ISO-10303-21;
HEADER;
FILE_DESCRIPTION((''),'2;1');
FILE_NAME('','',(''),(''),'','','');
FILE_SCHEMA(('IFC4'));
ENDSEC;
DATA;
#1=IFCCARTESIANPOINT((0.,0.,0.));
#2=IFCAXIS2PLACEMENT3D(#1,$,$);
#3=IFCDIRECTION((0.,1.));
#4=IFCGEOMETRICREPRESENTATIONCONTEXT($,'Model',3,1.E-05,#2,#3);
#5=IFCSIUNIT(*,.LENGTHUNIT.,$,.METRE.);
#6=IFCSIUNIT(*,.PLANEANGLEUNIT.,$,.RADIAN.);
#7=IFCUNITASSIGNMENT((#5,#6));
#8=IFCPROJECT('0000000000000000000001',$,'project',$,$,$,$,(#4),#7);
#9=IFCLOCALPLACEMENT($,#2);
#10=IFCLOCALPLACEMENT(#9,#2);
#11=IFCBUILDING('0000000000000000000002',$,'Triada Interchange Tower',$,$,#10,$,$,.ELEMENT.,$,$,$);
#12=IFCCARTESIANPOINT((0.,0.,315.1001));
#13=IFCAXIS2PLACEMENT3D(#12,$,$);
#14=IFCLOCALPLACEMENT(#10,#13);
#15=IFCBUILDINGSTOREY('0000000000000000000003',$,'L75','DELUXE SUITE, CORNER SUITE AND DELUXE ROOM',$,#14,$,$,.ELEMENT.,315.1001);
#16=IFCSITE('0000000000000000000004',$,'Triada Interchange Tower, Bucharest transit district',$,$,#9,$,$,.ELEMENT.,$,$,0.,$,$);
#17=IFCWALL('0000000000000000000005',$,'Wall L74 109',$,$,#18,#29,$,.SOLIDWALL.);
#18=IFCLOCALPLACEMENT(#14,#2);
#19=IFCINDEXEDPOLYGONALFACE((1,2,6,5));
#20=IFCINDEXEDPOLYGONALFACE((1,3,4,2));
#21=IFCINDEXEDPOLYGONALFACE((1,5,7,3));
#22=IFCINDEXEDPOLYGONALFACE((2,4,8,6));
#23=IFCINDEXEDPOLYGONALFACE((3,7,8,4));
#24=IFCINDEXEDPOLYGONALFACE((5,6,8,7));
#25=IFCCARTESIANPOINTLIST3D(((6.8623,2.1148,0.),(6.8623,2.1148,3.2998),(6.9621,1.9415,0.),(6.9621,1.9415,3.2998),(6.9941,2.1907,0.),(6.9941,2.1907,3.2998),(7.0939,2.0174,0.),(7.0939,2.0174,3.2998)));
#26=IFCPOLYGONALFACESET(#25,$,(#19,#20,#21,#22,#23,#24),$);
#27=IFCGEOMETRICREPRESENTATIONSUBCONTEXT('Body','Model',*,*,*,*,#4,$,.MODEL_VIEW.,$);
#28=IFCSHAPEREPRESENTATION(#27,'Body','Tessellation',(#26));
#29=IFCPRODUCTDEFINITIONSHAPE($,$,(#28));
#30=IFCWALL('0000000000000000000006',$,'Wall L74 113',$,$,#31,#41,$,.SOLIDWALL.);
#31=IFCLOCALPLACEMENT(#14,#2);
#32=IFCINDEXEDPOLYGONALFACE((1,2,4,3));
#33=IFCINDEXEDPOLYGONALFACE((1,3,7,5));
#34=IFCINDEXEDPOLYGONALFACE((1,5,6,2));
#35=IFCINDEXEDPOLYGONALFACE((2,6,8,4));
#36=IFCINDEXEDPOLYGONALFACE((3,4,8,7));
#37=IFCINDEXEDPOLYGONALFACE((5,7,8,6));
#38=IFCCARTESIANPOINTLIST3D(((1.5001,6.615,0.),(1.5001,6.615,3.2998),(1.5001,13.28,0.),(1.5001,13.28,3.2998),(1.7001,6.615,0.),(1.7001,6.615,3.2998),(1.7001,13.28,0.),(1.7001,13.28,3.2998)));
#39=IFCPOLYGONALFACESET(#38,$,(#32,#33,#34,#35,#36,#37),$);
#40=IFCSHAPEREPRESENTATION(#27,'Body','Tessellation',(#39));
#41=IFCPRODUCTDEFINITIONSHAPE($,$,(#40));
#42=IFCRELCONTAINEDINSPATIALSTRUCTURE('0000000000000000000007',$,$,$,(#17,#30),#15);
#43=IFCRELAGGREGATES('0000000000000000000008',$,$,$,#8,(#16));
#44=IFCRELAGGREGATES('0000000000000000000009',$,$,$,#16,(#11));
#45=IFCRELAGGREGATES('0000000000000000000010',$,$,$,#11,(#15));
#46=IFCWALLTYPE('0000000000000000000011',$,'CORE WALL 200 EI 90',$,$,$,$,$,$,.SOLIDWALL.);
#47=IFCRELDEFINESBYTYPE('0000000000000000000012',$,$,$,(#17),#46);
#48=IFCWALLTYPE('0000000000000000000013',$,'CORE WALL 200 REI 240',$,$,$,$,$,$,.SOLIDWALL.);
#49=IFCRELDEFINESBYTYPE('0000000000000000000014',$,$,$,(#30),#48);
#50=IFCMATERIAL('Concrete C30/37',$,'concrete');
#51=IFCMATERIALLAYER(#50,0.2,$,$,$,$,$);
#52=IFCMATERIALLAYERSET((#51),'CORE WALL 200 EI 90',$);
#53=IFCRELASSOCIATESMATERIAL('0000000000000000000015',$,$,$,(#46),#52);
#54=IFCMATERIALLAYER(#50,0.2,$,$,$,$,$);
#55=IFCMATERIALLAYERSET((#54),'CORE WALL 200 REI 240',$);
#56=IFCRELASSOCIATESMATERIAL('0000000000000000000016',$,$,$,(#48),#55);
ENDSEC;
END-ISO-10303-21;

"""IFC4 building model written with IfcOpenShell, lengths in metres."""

from ifc_helpers import new_model, si_unit, direction, frame, frame_2d, origin, place, context, subcontext, project, spatial, rectangle, extrude, material, layer, layer_set, type_object, element, save


model = new_model("IFC4")

# Units and contexts
model_context = context("Model", 3, precision=1e-05, world=origin(), true_north=direction((0.0, 1.0)))
body_context = subcontext(model_context, "Body", "Model", "MODEL_VIEW")
ifc_project = project(units=[si_unit("LENGTHUNIT", "METRE"), si_unit("PLANEANGLEUNIT", "RADIAN")], contexts=[model_context])

# Site, building, storey
site_placement = place(None, origin())
site = spatial("IfcSite", under=ifc_project, at=site_placement, Name="Triada Interchange Tower, Bucharest transit district", CompositionType="ELEMENT", RefElevation=0.0)
building_placement = place(site_placement, origin())
building = spatial("IfcBuilding", under=site, at=building_placement, Name="Triada Interchange Tower", CompositionType="ELEMENT")
storey_placement = place(building_placement, frame((0.0, 0.0, 315.1001)))
storey = spatial("IfcBuildingStorey", under=building, at=storey_placement, Name="L75", Description="DELUXE SUITE, CORNER SUITE AND DELUXE ROOM", CompositionType="ELEMENT", Elevation=315.1001)

# Shared definitions
ifc_material_1 = material(Name="Concrete C30/37", Category="concrete")

# Walls
ifc_layer_1 = layer(ifc_material_1, 0.2)
ifc_layer_set_1 = layer_set([ifc_layer_1], Name="CORE WALL 200 EI 90")
wall_type_1 = type_object("IfcWallType", Name="CORE WALL 200 EI 90", PredefinedType="SOLIDWALL", material=ifc_layer_set_1)
wall_1_placement = place(storey_placement, frame((6.9121, 2.0281, 0.0), z_axis=(0.0, 0.0, 1.0), x_axis=(0.866559, 0.499074, 0.0)))
element("IfcWall", 1, at=wall_1_placement, inside=storey, type_object=wall_type_1, Name="Wall L74 109", PredefinedType="SOLIDWALL", context=body_context, shape_type="SweptSolid", body=[
    extrude(rectangle(XDim=0.1521, YDim=0.2, at=frame_2d((0.0762, 0.0))), origin(), (0.0, 0.0, 1.0), 3.2998),
])
ifc_layer_2 = layer(ifc_material_1, 0.2)
ifc_layer_set_2 = layer_set([ifc_layer_2], Name="CORE WALL 200 REI 240")
wall_type_2 = type_object("IfcWallType", Name="CORE WALL 200 REI 240", PredefinedType="SOLIDWALL", material=ifc_layer_set_2)
wall_2_placement = place(storey_placement, frame((1.6001, 6.615, 0.0), z_axis=(0.0, 0.0, 1.0), x_axis=(0.0, 1.0, 0.0)))
element("IfcWall", 2, at=wall_2_placement, inside=storey, type_object=wall_type_2, Name="Wall L74 113", PredefinedType="SOLIDWALL", context=body_context, shape_type="SweptSolid", body=[
    extrude(rectangle(XDim=6.665, YDim=0.2, at=frame_2d((3.3325, 0.0))), origin(), (0.0, 0.0, 1.0), 3.2998),
])

save(model, "model.ifc")
